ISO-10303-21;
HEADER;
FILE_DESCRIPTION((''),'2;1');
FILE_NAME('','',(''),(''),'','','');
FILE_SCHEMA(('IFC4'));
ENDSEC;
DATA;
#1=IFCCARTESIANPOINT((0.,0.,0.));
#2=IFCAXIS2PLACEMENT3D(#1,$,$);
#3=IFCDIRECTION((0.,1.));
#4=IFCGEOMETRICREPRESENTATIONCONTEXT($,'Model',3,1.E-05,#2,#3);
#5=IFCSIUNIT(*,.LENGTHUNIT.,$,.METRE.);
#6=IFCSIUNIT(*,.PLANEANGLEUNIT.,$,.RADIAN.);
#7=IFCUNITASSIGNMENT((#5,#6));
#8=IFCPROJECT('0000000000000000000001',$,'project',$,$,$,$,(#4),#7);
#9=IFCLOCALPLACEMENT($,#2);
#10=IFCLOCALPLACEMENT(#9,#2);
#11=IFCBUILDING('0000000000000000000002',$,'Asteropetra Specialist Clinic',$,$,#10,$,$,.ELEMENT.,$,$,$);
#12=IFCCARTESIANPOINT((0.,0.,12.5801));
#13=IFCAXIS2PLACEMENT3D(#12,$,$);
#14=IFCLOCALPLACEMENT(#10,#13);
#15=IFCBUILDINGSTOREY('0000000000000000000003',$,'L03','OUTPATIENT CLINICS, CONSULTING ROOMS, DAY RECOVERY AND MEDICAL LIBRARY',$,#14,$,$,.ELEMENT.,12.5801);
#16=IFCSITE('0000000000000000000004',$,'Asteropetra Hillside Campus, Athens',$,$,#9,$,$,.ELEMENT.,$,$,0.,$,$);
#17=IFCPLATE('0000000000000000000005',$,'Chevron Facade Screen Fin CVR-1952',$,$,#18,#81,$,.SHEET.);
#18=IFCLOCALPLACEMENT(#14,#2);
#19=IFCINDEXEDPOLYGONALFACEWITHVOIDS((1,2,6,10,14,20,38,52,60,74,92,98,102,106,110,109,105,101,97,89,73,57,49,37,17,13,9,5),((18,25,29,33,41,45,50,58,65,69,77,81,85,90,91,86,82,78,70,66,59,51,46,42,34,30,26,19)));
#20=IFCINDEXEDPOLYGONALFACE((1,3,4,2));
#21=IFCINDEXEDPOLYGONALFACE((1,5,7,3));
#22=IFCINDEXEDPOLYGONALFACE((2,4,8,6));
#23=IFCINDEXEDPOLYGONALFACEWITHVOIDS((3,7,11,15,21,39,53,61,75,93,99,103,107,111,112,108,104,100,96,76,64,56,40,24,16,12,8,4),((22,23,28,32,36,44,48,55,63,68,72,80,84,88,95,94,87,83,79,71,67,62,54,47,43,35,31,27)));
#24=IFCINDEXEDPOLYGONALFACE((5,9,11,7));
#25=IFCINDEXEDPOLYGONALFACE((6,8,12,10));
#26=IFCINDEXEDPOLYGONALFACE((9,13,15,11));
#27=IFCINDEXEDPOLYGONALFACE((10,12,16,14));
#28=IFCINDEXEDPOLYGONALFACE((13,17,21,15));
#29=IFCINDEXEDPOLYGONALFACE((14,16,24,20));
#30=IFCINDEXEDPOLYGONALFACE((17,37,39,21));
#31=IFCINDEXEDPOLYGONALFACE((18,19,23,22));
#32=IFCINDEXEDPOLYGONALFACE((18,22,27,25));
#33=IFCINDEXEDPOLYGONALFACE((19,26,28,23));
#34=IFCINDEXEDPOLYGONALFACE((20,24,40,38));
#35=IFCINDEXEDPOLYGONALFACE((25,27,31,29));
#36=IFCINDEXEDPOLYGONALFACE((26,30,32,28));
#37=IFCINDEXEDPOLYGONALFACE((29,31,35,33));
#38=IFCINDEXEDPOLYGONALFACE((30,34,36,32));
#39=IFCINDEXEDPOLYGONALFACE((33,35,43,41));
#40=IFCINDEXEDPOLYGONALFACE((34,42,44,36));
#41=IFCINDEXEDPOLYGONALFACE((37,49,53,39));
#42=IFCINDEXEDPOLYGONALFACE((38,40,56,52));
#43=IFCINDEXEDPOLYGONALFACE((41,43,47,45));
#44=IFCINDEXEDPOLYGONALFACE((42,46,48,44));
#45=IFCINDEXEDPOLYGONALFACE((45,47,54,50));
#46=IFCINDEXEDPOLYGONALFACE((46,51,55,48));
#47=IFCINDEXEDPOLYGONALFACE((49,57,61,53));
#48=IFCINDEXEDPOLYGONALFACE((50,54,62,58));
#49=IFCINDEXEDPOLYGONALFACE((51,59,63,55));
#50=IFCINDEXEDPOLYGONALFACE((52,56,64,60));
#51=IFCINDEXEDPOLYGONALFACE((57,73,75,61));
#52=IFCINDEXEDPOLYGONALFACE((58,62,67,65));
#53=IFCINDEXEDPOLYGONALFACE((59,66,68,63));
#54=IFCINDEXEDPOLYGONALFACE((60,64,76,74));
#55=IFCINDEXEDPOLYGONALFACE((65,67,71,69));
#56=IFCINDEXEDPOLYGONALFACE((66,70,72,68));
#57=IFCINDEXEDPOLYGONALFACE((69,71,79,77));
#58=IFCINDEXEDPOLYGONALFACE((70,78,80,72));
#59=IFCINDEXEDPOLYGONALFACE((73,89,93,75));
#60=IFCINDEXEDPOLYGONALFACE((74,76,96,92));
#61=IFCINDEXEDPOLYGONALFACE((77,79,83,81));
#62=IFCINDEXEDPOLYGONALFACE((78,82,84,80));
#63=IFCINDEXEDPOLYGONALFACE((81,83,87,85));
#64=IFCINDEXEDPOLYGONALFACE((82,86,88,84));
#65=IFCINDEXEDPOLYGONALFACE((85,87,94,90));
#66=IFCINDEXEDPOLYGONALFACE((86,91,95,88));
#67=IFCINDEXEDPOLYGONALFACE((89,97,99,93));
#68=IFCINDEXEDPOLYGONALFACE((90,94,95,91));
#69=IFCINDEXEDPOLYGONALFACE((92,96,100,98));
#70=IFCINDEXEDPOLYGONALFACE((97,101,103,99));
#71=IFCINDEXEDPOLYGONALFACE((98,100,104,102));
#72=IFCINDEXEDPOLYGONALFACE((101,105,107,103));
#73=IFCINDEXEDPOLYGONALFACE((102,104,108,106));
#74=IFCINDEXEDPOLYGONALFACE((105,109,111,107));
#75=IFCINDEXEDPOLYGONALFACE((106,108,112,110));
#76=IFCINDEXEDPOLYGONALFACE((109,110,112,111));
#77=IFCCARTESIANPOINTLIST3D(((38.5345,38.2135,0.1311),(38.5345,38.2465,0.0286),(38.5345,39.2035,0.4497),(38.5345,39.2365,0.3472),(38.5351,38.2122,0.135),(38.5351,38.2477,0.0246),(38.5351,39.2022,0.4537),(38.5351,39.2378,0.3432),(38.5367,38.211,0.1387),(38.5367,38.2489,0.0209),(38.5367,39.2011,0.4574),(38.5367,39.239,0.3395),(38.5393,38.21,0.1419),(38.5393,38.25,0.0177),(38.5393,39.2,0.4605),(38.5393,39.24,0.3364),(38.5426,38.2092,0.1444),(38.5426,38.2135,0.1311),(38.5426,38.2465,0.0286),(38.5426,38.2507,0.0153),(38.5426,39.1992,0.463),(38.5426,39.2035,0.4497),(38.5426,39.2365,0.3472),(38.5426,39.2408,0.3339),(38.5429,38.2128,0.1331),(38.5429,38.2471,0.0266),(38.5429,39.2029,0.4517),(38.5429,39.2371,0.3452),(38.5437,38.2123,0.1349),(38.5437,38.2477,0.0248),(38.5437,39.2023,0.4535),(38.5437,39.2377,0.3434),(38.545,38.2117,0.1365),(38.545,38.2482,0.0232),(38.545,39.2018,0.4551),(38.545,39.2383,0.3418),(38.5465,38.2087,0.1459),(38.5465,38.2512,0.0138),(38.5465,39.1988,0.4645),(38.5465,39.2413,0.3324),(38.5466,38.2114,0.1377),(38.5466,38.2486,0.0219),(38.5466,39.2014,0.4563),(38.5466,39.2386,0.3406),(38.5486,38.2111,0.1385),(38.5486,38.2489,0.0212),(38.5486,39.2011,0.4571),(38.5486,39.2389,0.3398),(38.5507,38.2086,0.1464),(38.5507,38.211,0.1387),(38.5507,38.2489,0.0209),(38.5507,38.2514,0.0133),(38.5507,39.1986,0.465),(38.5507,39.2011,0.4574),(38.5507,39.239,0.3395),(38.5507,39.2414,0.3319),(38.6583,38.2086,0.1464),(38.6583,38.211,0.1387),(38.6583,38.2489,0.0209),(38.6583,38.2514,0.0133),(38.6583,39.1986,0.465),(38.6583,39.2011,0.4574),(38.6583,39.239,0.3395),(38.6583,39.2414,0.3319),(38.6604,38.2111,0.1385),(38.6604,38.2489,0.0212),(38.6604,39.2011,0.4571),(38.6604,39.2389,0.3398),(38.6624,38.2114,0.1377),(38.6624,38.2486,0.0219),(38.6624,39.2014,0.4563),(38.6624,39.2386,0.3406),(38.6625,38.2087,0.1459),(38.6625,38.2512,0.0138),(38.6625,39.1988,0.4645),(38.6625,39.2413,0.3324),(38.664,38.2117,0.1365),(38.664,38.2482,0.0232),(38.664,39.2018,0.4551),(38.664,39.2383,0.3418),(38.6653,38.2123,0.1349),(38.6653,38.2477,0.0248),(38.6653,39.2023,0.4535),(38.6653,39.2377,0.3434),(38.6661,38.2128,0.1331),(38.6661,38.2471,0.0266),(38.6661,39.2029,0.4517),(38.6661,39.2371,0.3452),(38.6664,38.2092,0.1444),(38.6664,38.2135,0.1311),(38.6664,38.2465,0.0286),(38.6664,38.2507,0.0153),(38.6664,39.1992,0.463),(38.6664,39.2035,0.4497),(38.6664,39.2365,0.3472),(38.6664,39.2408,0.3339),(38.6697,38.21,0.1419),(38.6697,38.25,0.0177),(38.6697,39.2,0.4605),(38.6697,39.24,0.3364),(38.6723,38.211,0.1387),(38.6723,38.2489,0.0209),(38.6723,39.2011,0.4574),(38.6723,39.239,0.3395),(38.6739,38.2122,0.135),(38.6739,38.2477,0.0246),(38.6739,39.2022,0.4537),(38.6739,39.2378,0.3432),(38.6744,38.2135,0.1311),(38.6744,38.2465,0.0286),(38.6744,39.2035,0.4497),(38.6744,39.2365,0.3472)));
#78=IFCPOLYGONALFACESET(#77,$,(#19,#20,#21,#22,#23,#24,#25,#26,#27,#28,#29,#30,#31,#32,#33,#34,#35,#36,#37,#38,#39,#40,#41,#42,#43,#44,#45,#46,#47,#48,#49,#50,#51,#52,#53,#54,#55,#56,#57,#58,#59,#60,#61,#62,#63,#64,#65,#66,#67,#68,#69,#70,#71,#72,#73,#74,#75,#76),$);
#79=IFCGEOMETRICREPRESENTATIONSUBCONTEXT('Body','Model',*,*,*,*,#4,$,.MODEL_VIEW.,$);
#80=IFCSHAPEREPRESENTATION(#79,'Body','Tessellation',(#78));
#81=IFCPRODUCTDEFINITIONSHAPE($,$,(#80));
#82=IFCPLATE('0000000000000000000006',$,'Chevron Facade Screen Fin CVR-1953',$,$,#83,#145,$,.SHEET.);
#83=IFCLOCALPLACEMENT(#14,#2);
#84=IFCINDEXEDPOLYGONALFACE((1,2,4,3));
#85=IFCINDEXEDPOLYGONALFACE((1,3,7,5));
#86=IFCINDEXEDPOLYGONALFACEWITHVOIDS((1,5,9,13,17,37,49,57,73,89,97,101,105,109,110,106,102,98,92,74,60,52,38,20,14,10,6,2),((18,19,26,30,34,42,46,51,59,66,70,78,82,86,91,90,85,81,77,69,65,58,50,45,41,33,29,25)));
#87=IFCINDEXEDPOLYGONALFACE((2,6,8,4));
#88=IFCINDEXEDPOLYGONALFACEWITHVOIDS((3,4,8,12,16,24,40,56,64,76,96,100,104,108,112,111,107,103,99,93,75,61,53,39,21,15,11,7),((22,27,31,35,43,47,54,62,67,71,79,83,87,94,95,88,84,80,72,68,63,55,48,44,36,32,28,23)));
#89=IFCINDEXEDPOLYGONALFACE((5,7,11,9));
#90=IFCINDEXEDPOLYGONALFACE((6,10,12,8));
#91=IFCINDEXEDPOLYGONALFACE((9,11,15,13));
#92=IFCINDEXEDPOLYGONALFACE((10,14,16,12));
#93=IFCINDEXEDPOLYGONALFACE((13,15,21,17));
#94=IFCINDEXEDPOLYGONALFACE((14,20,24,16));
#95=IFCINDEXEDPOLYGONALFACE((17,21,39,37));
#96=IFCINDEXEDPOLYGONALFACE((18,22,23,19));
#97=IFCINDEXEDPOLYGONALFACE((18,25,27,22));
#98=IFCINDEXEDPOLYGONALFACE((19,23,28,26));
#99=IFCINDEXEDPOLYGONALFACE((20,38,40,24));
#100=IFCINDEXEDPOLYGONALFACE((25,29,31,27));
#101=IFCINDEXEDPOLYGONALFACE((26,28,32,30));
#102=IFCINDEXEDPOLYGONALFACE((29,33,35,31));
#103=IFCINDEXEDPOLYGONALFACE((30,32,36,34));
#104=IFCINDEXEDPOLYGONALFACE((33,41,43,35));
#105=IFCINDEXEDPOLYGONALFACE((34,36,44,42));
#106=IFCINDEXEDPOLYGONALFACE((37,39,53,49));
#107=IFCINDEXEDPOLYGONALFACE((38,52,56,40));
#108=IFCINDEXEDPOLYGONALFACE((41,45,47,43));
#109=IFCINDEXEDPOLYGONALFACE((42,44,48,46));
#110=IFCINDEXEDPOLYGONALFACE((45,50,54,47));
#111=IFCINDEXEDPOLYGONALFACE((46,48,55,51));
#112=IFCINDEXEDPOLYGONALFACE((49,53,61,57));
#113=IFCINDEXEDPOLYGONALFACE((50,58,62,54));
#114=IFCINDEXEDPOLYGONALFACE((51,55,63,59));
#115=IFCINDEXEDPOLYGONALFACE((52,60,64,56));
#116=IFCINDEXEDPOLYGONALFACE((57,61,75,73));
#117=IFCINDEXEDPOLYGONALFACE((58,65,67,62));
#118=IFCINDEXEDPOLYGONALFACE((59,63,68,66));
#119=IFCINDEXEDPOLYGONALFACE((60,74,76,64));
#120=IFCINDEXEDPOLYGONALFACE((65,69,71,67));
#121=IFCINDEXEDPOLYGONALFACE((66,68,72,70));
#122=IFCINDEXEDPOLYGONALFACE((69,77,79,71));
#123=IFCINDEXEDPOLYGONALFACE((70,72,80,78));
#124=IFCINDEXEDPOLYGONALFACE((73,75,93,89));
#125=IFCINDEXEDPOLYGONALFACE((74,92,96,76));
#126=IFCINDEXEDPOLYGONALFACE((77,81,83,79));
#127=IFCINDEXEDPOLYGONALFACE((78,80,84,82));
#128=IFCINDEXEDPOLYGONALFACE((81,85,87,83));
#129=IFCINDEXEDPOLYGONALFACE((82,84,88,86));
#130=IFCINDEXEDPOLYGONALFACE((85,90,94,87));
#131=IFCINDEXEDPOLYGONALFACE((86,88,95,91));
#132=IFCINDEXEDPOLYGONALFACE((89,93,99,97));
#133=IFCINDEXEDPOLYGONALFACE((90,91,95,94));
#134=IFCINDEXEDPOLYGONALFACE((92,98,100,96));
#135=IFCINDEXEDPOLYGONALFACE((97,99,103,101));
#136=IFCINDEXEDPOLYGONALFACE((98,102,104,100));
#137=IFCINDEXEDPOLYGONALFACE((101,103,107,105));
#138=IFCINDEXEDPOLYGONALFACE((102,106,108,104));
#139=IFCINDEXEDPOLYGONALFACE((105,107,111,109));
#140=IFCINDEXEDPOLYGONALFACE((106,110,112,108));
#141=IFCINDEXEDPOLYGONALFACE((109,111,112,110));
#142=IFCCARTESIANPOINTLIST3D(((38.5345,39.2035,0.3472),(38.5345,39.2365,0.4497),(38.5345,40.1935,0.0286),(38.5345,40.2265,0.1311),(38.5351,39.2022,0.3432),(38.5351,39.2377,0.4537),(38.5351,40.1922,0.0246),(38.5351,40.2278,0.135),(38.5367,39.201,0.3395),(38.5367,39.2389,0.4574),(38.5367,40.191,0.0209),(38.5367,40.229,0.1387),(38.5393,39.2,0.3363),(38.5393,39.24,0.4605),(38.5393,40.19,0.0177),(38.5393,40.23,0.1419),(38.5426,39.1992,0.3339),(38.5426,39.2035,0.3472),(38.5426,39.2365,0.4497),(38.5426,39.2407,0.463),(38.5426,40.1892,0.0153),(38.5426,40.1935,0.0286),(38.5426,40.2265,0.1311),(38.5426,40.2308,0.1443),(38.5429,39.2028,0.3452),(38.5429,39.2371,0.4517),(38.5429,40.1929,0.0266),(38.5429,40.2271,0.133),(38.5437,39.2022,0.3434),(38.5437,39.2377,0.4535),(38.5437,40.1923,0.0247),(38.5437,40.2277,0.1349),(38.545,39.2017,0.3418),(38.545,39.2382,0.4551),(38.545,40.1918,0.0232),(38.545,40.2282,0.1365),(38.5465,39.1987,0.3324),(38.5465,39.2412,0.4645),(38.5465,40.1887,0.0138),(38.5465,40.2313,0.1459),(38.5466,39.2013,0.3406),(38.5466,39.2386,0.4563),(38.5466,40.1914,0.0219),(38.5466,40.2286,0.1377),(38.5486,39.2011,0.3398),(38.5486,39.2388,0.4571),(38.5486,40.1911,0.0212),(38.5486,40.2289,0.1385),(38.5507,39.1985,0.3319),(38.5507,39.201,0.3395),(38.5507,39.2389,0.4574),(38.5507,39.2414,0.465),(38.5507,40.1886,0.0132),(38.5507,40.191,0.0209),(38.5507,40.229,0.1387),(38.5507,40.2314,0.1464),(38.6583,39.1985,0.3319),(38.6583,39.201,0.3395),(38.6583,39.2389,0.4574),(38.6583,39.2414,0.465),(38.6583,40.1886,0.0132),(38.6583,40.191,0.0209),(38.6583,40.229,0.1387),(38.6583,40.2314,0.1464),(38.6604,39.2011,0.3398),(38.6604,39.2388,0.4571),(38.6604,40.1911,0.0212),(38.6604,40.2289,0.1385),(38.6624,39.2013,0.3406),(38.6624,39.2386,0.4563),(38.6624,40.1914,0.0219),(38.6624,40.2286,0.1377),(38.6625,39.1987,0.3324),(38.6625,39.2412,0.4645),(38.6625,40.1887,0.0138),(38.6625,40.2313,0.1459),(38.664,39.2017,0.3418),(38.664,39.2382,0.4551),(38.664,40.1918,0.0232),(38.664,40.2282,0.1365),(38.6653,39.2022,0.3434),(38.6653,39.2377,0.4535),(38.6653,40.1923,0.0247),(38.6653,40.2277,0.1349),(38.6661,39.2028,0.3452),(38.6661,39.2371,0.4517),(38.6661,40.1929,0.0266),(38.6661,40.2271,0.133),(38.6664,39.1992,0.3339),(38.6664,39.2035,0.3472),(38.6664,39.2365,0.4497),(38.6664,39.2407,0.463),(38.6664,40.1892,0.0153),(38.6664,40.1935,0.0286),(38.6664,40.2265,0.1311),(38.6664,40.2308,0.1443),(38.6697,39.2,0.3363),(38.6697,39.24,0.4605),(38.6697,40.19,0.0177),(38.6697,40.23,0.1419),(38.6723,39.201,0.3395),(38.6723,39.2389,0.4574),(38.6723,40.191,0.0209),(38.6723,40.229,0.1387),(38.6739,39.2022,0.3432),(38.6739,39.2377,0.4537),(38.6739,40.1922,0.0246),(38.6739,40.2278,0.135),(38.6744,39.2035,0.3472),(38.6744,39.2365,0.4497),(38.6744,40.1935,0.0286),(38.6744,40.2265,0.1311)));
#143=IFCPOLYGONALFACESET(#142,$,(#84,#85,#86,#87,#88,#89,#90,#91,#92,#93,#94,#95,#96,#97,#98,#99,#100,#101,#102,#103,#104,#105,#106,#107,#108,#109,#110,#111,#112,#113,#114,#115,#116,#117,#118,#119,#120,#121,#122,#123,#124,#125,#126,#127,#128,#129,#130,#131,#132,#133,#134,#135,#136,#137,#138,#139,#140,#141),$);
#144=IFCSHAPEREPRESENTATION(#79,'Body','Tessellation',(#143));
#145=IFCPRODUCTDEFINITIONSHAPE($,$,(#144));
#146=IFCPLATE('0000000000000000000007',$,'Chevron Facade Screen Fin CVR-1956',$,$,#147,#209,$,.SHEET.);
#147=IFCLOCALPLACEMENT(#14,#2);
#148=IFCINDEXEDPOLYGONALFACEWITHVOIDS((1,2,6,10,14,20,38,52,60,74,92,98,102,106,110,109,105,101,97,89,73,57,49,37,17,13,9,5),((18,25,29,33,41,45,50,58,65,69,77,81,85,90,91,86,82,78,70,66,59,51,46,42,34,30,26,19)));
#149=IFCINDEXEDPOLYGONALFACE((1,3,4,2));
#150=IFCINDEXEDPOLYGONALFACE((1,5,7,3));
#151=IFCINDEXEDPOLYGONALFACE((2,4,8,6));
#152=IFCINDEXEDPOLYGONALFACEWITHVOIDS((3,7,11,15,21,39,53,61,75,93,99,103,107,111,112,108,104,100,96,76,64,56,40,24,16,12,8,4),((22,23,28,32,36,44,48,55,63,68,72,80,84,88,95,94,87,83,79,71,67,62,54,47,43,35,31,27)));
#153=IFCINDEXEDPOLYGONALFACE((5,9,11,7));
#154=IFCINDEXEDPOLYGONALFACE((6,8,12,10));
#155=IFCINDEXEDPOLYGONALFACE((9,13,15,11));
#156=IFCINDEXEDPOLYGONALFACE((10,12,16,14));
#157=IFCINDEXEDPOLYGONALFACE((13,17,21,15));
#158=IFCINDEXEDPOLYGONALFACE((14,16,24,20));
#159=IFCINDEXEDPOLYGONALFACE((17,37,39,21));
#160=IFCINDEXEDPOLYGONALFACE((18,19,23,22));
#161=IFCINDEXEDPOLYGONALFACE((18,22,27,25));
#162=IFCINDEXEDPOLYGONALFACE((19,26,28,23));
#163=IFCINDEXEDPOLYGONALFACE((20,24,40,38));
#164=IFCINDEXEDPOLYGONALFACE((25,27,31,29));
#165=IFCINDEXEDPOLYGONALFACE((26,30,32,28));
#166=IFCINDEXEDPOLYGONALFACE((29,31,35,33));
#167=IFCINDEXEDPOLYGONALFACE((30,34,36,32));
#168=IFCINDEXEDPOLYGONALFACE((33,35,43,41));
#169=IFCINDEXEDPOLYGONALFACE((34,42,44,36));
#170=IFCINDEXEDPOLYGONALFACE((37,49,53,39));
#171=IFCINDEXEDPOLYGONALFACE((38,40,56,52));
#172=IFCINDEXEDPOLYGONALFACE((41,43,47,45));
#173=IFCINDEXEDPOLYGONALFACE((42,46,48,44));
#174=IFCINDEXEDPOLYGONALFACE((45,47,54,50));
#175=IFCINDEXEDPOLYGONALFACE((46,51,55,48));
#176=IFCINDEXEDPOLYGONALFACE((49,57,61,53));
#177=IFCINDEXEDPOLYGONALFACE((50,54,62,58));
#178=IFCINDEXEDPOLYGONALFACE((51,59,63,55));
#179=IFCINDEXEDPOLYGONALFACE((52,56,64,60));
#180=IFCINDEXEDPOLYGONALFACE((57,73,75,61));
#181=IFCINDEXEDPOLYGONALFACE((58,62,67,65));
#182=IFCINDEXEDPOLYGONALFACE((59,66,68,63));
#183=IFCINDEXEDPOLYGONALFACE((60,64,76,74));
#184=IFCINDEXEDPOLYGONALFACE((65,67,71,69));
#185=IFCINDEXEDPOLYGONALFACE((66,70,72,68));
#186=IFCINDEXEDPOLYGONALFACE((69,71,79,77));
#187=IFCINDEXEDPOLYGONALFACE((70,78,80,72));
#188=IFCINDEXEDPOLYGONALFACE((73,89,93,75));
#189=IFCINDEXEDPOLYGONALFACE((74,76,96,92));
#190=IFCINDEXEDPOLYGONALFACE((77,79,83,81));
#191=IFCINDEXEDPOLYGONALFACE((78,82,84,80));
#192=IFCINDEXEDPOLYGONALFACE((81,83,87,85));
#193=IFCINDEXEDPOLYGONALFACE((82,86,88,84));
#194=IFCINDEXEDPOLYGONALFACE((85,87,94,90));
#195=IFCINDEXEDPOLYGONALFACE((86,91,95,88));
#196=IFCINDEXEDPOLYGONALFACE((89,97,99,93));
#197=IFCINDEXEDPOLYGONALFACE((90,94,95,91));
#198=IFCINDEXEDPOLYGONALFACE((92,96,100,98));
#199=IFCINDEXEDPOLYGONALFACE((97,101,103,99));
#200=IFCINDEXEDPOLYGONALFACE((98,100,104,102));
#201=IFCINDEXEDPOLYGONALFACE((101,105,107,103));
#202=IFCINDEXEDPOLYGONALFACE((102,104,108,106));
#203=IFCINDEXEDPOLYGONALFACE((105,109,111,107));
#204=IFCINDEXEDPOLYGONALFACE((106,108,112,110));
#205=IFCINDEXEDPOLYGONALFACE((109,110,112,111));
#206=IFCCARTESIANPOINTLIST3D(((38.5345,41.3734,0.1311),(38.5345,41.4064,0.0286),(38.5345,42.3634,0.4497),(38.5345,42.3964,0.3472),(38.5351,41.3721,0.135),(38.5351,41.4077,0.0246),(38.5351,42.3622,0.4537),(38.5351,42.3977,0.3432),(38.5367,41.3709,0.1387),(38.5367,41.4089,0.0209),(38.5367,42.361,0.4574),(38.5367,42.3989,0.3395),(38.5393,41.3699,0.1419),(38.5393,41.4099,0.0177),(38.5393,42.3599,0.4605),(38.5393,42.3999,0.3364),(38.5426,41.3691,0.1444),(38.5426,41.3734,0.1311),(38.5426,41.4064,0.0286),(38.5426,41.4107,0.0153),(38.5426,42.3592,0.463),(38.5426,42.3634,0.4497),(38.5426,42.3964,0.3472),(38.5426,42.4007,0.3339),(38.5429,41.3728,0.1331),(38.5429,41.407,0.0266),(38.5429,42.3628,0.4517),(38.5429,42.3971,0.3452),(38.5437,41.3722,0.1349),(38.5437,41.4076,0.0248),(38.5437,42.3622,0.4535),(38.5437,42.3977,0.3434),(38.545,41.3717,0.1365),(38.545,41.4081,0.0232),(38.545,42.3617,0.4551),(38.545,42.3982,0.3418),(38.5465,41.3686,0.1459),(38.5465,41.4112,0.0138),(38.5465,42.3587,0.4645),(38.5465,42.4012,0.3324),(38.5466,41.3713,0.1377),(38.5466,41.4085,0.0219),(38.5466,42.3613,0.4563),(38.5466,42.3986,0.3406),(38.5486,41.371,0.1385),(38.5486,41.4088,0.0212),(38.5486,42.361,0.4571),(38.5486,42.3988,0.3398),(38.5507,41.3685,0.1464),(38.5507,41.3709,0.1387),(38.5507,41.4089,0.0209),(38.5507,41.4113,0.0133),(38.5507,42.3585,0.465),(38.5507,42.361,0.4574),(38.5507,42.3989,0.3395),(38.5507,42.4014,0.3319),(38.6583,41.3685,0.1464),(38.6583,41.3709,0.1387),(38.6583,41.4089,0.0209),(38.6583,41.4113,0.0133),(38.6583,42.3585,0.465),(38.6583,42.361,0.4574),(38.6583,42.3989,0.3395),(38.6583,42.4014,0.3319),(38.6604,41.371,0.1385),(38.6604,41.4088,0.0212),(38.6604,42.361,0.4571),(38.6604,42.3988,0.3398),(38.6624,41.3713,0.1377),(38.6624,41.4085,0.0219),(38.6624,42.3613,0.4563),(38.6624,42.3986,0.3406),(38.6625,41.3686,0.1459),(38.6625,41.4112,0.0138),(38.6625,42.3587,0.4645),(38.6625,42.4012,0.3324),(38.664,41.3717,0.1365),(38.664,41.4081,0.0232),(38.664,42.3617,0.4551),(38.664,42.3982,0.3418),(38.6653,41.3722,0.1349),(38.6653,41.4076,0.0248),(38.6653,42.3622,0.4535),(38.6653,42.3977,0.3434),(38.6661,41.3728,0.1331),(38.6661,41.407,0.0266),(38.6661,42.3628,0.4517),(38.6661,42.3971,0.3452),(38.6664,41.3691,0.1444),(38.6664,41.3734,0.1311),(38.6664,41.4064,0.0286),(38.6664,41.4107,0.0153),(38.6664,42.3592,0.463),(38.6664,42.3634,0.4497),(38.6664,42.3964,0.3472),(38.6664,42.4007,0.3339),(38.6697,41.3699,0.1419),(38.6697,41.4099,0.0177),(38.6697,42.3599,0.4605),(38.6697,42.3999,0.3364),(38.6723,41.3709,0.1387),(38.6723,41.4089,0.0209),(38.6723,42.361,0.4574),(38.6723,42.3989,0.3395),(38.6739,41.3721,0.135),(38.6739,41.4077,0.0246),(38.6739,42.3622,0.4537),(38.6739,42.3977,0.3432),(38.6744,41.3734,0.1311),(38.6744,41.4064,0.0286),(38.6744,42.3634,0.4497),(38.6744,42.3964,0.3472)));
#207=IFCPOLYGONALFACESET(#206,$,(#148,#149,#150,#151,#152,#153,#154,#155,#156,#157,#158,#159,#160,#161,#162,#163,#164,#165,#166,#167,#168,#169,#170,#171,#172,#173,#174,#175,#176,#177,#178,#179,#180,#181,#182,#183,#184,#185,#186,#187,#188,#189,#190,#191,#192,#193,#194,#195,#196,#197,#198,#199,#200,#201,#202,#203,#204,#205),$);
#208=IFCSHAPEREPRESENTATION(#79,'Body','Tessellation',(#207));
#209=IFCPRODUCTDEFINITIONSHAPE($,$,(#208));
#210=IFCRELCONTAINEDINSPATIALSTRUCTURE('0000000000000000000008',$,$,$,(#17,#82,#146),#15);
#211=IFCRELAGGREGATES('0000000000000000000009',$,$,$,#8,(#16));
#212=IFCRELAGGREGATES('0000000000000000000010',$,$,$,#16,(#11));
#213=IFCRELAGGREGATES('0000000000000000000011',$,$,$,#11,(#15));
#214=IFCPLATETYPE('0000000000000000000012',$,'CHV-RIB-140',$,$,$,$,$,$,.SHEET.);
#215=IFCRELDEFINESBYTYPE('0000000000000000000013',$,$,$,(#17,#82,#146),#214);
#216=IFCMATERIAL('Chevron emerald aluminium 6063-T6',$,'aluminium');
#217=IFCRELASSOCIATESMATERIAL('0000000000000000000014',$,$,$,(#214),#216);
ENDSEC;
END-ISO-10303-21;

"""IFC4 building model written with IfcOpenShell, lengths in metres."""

from ifc_helpers import new_model, si_unit, direction, frame, origin, origin_2d, place, context, subcontext, project, spatial, hollow_rectangle, extrude, material, material_profile, profile_set, type_object, element, save


model = new_model("IFC4")

# Units and contexts
model_context = context("Model", 3, precision=1e-05, world=origin(), true_north=direction((0.0, 1.0)))
body_context = subcontext(model_context, "Body", "Model", "MODEL_VIEW")
ifc_project = project(units=[si_unit("LENGTHUNIT", "METRE"), si_unit("PLANEANGLEUNIT", "RADIAN")], contexts=[model_context])

# Site, building, storey
site_placement = place(None, origin())
site = spatial("IfcSite", under=ifc_project, at=site_placement, Name="Asteropetra Hillside Campus, Athens", CompositionType="ELEMENT", RefElevation=0.0)
building_placement = place(site_placement, origin())
building = spatial("IfcBuilding", under=site, at=building_placement, Name="Asteropetra Specialist Clinic", CompositionType="ELEMENT")
storey_placement = place(building_placement, frame((0.0, 0.0, 12.5801)))
storey = spatial("IfcBuildingStorey", under=building, at=storey_placement, Name="L03", Description="OUTPATIENT CLINICS, CONSULTING ROOMS, DAY RECOVERY AND MEDICAL LIBRARY", CompositionType="ELEMENT", Elevation=12.5801)

# Plates
ifc_material_1 = material(Name="Chevron emerald aluminium 6063-T6", Category="aluminium")
ifc_material_profile_1 = material_profile(ifc_material_1, hollow_rectangle(XDim=0.1399, YDim=0.1399, WallThickness=0.0081, InnerFilletRadius=0.0081, OuterFilletRadius=0.0161, at=origin_2d()), Name="SHS 140x140x8.0")
ifc_profile_set_1 = profile_set([ifc_material_profile_1], Name="Chevron emerald aluminium 6063-T6")
plate_type = type_object("IfcPlateType", Name="CHV-RIB-140", PredefinedType="SHEET", material=ifc_profile_set_1)
for number, where, z_axis, x_axis, name in (
    (1, (38.6045, 38.23, 0.0798), (0.0, 0.951919, 0.306351), (-1.0, 0.0, 0.0), "Chevron Facade Screen Fin CVR-1952"),
    (2, (38.6045, 39.22, 0.3984), (0.0, 0.951919, -0.306351), (-1.0, 0.0, 0.0), "Chevron Facade Screen Fin CVR-1953"),
    (3, (38.6045, 41.3899, 0.0798), (0.0, 0.951919, 0.306351), (-1.0, 0.0, 0.0), "Chevron Facade Screen Fin CVR-1956"),
):
    element("IfcPlate", number, at=place(storey_placement, frame(where, z_axis=z_axis, x_axis=x_axis)), inside=storey, type_object=plate_type, Name=name, PredefinedType="SHEET", context=body_context, shape_type="SweptSolid", body=[
        extrude(hollow_rectangle(XDim=0.1399, YDim=0.1399, WallThickness=0.0081, InnerFilletRadius=0.0081, OuterFilletRadius=0.0161, at=origin_2d()), origin(), (0.0, 0.0, 1.0), 1.04),
    ])

save(model, "model.ifc")
